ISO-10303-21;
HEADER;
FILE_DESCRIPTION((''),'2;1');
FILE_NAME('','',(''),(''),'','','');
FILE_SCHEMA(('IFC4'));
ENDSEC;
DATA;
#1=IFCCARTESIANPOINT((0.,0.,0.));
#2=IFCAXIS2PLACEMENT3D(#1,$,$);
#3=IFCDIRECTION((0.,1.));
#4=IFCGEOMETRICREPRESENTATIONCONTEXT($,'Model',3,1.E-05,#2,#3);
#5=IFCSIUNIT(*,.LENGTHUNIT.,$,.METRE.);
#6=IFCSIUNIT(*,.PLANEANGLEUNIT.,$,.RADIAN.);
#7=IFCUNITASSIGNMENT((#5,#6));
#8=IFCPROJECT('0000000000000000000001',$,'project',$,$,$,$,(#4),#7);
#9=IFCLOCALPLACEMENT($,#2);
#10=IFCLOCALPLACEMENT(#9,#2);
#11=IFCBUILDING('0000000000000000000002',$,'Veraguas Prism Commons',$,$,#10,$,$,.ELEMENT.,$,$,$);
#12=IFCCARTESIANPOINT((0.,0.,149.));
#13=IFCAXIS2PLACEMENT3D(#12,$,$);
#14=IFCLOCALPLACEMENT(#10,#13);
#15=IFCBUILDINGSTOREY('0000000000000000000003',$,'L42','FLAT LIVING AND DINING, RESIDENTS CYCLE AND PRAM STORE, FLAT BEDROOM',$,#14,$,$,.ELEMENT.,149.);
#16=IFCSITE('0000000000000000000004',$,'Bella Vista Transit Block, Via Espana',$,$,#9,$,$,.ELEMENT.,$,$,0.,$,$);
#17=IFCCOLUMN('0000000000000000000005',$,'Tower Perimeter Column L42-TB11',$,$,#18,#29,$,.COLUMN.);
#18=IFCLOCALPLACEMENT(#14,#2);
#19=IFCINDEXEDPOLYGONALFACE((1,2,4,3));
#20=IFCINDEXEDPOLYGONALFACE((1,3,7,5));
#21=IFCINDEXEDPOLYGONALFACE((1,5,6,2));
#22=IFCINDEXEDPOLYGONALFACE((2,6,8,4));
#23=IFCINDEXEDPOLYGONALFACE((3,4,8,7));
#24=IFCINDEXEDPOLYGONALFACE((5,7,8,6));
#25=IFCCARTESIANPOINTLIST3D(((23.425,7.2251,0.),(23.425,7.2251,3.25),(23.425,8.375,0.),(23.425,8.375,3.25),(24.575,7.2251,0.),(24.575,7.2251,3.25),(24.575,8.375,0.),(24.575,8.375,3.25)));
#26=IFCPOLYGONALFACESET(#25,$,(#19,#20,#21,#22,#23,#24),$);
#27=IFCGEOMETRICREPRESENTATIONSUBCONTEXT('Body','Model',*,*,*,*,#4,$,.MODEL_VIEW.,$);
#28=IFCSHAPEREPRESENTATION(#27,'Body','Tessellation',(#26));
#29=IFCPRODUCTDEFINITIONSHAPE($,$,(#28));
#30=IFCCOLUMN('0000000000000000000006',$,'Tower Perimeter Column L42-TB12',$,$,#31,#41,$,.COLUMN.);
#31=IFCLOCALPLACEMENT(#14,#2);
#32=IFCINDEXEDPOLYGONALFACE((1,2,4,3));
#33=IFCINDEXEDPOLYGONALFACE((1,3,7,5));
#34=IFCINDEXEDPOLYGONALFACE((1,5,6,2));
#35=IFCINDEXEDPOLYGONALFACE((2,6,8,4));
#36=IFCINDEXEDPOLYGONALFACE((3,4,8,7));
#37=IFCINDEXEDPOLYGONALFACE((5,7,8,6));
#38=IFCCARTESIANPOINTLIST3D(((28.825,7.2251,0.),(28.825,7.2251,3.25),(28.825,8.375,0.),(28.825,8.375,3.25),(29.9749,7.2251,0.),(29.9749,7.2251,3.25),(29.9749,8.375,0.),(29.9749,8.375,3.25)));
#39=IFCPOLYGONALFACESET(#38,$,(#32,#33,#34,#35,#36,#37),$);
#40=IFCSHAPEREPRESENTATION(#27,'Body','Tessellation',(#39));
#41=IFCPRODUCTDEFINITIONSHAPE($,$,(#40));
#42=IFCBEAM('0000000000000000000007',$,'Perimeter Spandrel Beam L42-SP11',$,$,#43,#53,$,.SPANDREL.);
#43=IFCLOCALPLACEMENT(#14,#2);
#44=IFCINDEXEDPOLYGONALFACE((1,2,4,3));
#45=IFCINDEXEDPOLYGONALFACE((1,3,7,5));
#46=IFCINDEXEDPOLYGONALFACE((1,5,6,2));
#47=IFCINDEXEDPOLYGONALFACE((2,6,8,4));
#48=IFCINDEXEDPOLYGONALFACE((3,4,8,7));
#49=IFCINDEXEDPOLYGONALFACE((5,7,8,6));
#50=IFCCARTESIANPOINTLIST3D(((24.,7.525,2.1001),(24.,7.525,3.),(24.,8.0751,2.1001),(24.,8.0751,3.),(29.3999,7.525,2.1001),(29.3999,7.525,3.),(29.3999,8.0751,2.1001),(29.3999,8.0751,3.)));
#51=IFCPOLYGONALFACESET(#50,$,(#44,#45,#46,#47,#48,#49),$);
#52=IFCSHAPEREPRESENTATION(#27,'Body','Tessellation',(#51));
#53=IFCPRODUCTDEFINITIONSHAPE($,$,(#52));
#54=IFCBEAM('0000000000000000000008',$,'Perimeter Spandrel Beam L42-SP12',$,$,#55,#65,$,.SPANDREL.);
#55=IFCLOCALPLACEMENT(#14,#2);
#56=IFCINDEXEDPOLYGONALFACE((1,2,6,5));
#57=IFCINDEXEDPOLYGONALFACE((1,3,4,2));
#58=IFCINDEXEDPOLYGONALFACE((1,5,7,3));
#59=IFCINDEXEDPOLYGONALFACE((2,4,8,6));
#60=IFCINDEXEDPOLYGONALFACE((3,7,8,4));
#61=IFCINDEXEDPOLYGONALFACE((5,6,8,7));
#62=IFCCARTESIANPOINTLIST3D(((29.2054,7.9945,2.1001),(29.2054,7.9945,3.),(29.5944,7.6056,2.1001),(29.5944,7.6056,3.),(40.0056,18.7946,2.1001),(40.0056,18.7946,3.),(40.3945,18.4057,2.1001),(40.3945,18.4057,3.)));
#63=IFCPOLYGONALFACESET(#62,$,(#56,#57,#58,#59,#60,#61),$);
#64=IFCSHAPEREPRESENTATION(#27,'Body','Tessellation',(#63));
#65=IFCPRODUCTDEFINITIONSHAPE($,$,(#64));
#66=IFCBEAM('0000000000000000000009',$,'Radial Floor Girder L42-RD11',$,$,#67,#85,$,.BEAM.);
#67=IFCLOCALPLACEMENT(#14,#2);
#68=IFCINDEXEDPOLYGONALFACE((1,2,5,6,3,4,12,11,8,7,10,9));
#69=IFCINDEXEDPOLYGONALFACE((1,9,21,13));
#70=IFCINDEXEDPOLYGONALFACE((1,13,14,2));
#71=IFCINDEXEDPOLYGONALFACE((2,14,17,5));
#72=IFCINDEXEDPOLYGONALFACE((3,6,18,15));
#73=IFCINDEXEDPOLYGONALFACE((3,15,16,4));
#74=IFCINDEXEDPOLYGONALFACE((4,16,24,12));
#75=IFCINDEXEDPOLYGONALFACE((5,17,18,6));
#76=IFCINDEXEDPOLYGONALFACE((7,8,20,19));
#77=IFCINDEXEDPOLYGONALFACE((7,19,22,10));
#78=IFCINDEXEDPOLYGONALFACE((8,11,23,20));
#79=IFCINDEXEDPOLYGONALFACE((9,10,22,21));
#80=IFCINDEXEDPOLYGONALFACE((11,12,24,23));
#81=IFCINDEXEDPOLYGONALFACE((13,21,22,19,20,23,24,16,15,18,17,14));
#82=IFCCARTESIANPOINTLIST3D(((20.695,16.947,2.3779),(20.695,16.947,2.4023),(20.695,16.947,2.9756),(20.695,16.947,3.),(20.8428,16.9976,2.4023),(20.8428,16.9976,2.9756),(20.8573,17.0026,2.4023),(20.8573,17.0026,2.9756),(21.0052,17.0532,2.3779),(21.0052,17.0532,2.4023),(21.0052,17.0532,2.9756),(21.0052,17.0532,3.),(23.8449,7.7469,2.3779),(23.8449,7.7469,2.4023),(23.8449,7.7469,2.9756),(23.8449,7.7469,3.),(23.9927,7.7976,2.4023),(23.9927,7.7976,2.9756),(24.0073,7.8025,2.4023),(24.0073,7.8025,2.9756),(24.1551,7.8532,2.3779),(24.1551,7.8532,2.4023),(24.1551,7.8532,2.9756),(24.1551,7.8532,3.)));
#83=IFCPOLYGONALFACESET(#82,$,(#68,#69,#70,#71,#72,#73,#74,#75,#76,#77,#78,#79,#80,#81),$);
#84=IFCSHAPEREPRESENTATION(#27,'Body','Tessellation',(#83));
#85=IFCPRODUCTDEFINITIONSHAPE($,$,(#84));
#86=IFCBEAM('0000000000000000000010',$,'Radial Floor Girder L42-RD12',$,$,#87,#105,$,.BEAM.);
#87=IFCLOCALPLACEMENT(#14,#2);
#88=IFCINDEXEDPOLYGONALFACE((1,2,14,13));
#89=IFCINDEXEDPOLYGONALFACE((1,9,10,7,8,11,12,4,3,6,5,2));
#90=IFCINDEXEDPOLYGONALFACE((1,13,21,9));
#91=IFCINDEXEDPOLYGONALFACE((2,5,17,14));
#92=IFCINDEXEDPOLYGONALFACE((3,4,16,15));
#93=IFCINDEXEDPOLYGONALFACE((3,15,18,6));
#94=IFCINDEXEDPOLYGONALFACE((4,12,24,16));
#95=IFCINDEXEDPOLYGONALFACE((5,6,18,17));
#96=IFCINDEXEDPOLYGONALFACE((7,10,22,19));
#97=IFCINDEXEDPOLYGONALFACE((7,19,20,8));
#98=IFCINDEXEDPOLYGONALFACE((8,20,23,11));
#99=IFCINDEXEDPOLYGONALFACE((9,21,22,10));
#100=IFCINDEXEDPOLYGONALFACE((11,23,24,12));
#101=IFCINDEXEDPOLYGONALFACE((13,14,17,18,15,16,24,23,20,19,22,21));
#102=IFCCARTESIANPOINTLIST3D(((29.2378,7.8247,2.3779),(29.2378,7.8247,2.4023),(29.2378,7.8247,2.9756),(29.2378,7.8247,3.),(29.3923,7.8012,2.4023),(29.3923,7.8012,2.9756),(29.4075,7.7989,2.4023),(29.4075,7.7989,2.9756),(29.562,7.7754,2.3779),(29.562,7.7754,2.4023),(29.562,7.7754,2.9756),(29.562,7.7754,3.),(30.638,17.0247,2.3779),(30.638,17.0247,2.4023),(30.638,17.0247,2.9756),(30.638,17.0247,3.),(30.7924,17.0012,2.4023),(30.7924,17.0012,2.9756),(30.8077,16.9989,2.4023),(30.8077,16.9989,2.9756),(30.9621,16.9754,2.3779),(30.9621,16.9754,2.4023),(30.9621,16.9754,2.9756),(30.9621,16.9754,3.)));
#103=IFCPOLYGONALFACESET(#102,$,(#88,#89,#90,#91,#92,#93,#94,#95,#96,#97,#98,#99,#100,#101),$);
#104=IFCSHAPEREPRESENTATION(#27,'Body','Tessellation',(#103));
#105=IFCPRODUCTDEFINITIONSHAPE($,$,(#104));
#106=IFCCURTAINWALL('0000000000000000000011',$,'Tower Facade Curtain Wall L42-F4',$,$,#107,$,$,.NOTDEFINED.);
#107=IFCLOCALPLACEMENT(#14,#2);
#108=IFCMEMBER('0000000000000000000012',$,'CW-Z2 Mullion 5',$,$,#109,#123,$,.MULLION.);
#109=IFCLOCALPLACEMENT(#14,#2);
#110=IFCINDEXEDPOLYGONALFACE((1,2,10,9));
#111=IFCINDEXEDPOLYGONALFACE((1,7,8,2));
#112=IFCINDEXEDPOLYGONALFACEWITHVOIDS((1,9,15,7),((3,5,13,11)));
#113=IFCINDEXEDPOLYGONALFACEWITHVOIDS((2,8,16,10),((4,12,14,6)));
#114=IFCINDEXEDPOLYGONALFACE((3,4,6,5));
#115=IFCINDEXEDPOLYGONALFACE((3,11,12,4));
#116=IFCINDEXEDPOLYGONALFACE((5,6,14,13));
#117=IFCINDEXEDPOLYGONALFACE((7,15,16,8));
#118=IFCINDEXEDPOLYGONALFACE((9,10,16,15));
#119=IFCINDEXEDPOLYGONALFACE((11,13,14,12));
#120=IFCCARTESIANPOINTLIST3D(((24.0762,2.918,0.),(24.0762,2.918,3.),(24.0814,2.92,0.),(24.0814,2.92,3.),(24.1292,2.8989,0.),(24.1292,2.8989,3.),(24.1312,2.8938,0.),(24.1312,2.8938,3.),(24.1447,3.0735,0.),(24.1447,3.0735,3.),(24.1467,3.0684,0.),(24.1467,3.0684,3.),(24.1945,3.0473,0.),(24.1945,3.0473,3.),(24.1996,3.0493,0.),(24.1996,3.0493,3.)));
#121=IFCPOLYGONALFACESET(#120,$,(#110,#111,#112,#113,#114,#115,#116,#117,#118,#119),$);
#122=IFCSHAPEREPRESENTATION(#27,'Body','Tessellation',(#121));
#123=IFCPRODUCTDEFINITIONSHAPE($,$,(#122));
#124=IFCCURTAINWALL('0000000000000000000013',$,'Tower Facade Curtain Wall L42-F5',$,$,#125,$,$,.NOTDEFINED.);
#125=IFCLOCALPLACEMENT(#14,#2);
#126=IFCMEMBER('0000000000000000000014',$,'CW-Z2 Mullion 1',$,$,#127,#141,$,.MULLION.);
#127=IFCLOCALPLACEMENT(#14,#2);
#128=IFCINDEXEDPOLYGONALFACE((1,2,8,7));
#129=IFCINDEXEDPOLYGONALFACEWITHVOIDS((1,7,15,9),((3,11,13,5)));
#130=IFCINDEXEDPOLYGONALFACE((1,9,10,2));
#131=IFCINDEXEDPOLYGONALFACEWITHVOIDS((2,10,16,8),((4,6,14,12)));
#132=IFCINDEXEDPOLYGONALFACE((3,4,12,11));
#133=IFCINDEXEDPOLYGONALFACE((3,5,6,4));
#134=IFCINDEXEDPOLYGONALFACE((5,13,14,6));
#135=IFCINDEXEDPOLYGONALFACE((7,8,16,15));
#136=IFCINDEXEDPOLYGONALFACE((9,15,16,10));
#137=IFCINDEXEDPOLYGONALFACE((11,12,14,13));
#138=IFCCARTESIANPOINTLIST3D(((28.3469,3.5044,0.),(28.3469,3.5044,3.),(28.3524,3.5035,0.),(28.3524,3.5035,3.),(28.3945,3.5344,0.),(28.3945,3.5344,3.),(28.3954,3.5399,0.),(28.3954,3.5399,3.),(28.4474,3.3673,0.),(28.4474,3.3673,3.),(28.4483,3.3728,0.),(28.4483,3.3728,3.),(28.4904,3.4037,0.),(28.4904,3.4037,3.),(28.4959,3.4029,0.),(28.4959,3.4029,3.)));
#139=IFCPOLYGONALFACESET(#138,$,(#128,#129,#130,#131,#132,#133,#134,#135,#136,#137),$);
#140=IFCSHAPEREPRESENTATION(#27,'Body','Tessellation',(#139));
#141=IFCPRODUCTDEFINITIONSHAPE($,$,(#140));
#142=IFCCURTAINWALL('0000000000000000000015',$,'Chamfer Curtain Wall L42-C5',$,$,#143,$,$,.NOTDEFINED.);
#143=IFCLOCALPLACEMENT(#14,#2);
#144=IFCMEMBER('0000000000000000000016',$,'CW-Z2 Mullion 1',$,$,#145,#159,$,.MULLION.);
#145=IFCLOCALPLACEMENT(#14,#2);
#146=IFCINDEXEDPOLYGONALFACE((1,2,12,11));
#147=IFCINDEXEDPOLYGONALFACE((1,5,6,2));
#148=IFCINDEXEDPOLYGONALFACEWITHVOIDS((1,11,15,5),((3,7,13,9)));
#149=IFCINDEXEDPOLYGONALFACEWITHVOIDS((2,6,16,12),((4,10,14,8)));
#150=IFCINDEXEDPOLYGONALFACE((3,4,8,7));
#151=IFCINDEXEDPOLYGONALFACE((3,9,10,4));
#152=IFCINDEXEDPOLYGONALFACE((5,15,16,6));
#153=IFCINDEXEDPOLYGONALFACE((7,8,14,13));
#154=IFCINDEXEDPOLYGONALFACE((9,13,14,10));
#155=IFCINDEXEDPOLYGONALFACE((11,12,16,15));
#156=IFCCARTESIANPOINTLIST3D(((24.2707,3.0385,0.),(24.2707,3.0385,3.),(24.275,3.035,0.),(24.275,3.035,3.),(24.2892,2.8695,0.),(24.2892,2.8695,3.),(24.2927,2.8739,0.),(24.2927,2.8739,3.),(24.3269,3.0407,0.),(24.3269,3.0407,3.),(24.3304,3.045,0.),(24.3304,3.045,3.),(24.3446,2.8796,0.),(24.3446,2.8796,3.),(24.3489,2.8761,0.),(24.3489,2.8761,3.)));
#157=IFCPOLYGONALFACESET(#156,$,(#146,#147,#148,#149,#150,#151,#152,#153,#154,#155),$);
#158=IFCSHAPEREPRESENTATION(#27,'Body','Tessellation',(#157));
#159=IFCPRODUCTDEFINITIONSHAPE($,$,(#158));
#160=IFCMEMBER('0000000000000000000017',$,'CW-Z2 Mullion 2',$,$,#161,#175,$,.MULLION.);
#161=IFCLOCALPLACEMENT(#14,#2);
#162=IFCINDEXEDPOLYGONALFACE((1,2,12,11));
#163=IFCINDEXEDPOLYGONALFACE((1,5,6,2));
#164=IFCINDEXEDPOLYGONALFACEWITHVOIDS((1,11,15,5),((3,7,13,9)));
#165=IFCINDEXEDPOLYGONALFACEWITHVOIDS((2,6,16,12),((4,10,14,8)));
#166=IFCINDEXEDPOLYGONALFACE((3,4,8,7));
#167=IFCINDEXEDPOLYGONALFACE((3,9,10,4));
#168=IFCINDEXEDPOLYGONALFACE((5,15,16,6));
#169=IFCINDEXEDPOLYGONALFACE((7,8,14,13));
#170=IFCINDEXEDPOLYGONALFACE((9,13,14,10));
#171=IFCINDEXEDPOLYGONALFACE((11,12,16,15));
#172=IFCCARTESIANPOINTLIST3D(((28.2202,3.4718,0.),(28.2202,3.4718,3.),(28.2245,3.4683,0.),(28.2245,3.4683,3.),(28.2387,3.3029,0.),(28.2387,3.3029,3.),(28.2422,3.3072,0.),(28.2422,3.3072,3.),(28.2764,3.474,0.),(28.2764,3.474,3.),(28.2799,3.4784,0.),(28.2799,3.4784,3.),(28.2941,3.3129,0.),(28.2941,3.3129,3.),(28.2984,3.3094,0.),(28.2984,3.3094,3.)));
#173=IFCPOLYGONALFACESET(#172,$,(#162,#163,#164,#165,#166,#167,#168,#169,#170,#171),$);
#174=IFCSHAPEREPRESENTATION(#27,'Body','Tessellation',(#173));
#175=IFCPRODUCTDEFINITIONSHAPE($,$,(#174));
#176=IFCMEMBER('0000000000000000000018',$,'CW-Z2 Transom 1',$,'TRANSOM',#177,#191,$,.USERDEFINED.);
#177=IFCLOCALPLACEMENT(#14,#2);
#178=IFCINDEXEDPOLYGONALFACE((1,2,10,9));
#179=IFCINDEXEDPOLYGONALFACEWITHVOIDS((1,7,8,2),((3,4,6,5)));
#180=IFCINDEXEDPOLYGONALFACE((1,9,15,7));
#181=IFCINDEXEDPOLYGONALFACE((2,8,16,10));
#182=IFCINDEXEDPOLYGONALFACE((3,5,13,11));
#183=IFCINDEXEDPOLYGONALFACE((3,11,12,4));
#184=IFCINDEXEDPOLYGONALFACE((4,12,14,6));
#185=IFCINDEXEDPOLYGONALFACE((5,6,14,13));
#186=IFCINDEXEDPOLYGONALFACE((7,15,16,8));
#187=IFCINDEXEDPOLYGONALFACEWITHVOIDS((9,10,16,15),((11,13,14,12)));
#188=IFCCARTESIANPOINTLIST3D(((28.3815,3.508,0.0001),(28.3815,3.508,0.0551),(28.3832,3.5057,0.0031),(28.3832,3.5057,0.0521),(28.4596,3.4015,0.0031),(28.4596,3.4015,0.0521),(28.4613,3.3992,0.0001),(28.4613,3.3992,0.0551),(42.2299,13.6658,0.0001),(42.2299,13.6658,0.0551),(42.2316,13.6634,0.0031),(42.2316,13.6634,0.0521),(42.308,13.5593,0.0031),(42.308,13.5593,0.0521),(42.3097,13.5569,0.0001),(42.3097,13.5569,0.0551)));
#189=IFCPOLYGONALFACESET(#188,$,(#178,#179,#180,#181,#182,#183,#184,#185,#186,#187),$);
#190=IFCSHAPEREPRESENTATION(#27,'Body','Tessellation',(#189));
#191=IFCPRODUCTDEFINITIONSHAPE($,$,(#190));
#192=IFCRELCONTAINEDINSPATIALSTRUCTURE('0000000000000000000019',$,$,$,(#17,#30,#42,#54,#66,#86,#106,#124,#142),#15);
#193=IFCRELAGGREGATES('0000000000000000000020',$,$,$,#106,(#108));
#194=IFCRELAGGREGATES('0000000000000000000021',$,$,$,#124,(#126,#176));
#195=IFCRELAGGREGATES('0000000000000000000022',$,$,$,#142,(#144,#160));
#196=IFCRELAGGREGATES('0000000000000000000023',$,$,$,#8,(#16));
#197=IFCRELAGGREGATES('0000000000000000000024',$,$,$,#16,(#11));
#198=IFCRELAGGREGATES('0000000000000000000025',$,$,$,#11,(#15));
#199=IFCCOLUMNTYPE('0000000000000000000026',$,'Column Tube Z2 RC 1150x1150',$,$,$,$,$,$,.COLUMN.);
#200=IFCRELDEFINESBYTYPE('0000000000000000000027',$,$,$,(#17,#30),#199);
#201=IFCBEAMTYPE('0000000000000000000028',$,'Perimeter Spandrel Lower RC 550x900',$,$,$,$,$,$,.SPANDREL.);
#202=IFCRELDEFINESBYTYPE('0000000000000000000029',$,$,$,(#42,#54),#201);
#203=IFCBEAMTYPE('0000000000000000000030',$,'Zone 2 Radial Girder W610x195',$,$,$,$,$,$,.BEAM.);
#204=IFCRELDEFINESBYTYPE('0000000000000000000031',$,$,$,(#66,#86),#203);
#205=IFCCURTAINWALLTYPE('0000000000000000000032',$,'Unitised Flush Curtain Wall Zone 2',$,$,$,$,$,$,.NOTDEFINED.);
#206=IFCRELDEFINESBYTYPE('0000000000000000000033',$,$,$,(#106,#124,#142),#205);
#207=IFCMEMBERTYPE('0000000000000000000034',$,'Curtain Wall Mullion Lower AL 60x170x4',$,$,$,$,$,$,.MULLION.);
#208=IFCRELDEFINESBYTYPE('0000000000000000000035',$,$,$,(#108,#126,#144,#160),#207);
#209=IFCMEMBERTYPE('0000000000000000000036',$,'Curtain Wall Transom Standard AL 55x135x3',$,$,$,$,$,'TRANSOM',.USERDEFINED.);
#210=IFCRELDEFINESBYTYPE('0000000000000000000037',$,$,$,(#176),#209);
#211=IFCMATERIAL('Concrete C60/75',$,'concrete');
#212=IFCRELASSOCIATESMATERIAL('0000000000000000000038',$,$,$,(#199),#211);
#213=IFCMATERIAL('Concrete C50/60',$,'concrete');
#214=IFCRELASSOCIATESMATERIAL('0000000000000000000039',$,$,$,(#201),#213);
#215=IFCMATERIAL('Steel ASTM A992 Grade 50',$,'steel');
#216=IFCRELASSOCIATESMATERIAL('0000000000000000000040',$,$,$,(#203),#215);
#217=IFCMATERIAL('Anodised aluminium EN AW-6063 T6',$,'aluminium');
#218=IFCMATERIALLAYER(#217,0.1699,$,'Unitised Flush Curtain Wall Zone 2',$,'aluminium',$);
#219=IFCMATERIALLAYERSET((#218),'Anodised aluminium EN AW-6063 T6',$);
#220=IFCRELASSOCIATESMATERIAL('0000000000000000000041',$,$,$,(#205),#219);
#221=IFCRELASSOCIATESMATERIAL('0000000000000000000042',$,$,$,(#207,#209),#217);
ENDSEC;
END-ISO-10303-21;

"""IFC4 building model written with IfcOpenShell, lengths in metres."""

from ifc_helpers import new_model, si_unit, direction, frame, origin, origin_2d, place, context, subcontext, project, spatial, rectangle, hollow_rectangle, i_section, extrude, source, transform, mapped, material, layer, layer_set, material_profile, profile_set, type_object, element, aggregate, save


model = new_model("IFC4")

# Units and contexts
model_context = context("Model", 3, precision=1e-05, world=origin(), true_north=direction((0.0, 1.0)))
body_context = subcontext(model_context, "Body", "Model", "MODEL_VIEW")
ifc_project = project(units=[si_unit("LENGTHUNIT", "METRE"), si_unit("PLANEANGLEUNIT", "RADIAN")], contexts=[model_context])

# Site, building, storey
site_placement = place(None, origin())
site = spatial("IfcSite", under=ifc_project, at=site_placement, Name="Bella Vista Transit Block, Via Espana", CompositionType="ELEMENT", RefElevation=0.0)
building_placement = place(site_placement, origin())
building = spatial("IfcBuilding", under=site, at=building_placement, Name="Veraguas Prism Commons", CompositionType="ELEMENT")
storey_placement = place(building_placement, frame((0.0, 0.0, 149.0)))
storey = spatial("IfcBuildingStorey", under=building, at=storey_placement, Name="L42", Description="FLAT LIVING AND DINING, RESIDENTS CYCLE AND PRAM STORE, FLAT BEDROOM", CompositionType="ELEMENT", Elevation=149.0)

# Columns
ifc_material_1 = material(Name="Concrete C60/75", Category="concrete")
ifc_material_profile_1 = material_profile(ifc_material_1, rectangle(XDim=1.1499, YDim=1.1499, at=origin_2d()), Name="RC1150X1150")
ifc_profile_set_1 = profile_set([ifc_material_profile_1], Name="Concrete C60/75")
column_type = type_object("IfcColumnType", Name="Column Tube Z2 RC 1150x1150", PredefinedType="COLUMN", material=ifc_profile_set_1)
for number, where, z_axis, x_axis, name in (
    (1, (24.0, 7.8, 0.0), (0.0, 0.0, 1.0), (1.0, 0.0, 0.0), "Tower Perimeter Column L42-TB11"),
    (2, (29.3999, 7.8, 0.0), (0.0, 0.0, 1.0), (1.0, 0.0, 0.0), "Tower Perimeter Column L42-TB12"),
):
    element("IfcColumn", number, at=place(storey_placement, frame(where, z_axis=z_axis, x_axis=x_axis)), inside=storey, type_object=column_type, Name=name, PredefinedType="COLUMN", context=body_context, shape_type="SweptSolid", body=[
        extrude(rectangle(XDim=1.1499, YDim=1.1499, at=origin_2d()), origin(), (0.0, 0.0, 1.0), 3.25),
    ])

# Beams
ifc_material_2 = material(Name="Concrete C50/60", Category="concrete")
ifc_material_profile_2 = material_profile(ifc_material_2, rectangle(XDim=0.55, YDim=0.8999, at=origin_2d()), Name="RC550X900")
ifc_profile_set_2 = profile_set([ifc_material_profile_2], Name="Concrete C50/60")
beam_type_1 = type_object("IfcBeamType", Name="Perimeter Spandrel Lower RC 550x900", PredefinedType="SPANDREL", material=ifc_profile_set_2)
beam_1_placement = place(storey_placement, frame((24.0, 7.8, 2.55), z_axis=(1.0, 0.0, 0.0), x_axis=(0.0, 1.0, 0.0)))
element("IfcBeam", 3, at=beam_1_placement, inside=storey, type_object=beam_type_1, Name="Perimeter Spandrel Beam L42-SP11", PredefinedType="SPANDREL", context=body_context, shape_type="SweptSolid", body=[
    extrude(rectangle(XDim=0.55, YDim=0.8999, at=origin_2d()), origin(), (0.0, 0.0, 1.0), 5.3999),
])
beam_2_placement = place(storey_placement, frame((29.3999, 7.8, 2.55), z_axis=(0.707107, 0.707107, 0.0), x_axis=(-0.707107, 0.707107, 0.0)))
element("IfcBeam", 4, at=beam_2_placement, inside=storey, type_object=beam_type_1, Name="Perimeter Spandrel Beam L42-SP12", PredefinedType="SPANDREL", context=body_context, shape_type="SweptSolid", body=[
    extrude(rectangle(XDim=0.55, YDim=0.8999, at=origin_2d()), origin(), (0.0, 0.0, 1.0), 15.2737),
])
ifc_material_3 = material(Name="Steel ASTM A992 Grade 50", Category="steel")
ifc_material_profile_3 = material_profile(ifc_material_3, i_section(OverallWidth=0.3279, OverallDepth=0.6221, WebThickness=0.0154, FlangeThickness=0.0244, at=origin_2d()), Name="W610X195")
ifc_profile_set_3 = profile_set([ifc_material_profile_3], Name="Steel ASTM A992 Grade 50")
beam_type_2 = type_object("IfcBeamType", Name="Zone 2 Radial Girder W610x195", PredefinedType="BEAM", material=ifc_profile_set_3)
beam_3_placement = place(storey_placement, frame((24.0, 7.8, 2.689), z_axis=(-0.323922, 0.946084, 0.0), x_axis=(-0.946084, -0.323922, 0.0)))
element("IfcBeam", 5, at=beam_3_placement, inside=storey, type_object=beam_type_2, Name="Radial Floor Girder L42-RD11", PredefinedType="BEAM", context=body_context, shape_type="SweptSolid", body=[
    extrude(i_section(OverallWidth=0.3279, OverallDepth=0.6221, WebThickness=0.0154, FlangeThickness=0.0244, at=origin_2d()), origin(), (0.0, 0.0, 1.0), 9.7244),
])
beam_4_placement = place(storey_placement, frame((29.3999, 7.8, 2.689), z_axis=(0.150458, 0.988616, 0.0), x_axis=(-0.988616, 0.150458, 0.0)))
element("IfcBeam", 6, at=beam_4_placement, inside=storey, type_object=beam_type_2, Name="Radial Floor Girder L42-RD12", PredefinedType="BEAM", context=body_context, shape_type="SweptSolid", body=[
    extrude(i_section(OverallWidth=0.3279, OverallDepth=0.6221, WebThickness=0.0154, FlangeThickness=0.0244, at=origin_2d()), origin(), (0.0, 0.0, 1.0), 9.3059),
])

# Curtain walls, members
ifc_material_4 = material(Name="Anodised aluminium EN AW-6063 T6", Category="aluminium")
ifc_layer_1 = layer(ifc_material_4, 0.1699, Name="Unitised Flush Curtain Wall Zone 2", Category="aluminium")
ifc_layer_set_1 = layer_set([ifc_layer_1], Name="Anodised aluminium EN AW-6063 T6")
curtain_wall_type = type_object("IfcCurtainWallType", Name="Unitised Flush Curtain Wall Zone 2", PredefinedType="NOTDEFINED", material=ifc_layer_set_1)
curtain_wall_1_placement = place(storey_placement, origin())
curtain_wall_1 = element("IfcCurtainWall", 7, at=curtain_wall_1_placement, inside=storey, type_object=curtain_wall_type, Name="Tower Facade Curtain Wall L42-F4", PredefinedType="NOTDEFINED")
ifc_material_profile_4 = material_profile(ifc_material_4, hollow_rectangle(XDim=0.0601, YDim=0.1699, WallThickness=0.0039, at=origin_2d()), Name="AL60X170X4")
ifc_profile_set_4 = profile_set([ifc_material_profile_4], Name="Anodised aluminium EN AW-6063 T6")
member_type_1 = type_object("IfcMemberType", Name="Curtain Wall Mullion Lower AL 60x170x4", PredefinedType="MULLION", material=ifc_profile_set_4)
shared_shape_1 = source(origin(), body_context, "Body", "SweptSolid", [
    extrude(hollow_rectangle(XDim=0.0601, YDim=0.1699, WallThickness=0.0039, at=origin_2d()), origin(), (0.0, 0.0, 1.0), 3.0),
])
member_1_placement = place(storey_placement, frame((24.1379, 2.9836, 0.0), z_axis=(0.0, 0.0, 1.0), x_axis=(0.915385, -0.402579, 0.0)))
member_1 = element("IfcMember", 8, at=member_1_placement, type_object=member_type_1, Name="CW-Z2 Mullion 5", PredefinedType="MULLION", context=body_context, shape_type="MappedRepresentation", body=[
    mapped(shared_shape_1, transform((0.0, 0.0, 0.0), scale=1.0)),
])
aggregate(curtain_wall_1, [member_1])
curtain_wall_2_placement = place(storey_placement, origin())
curtain_wall_2 = element("IfcCurtainWall", 9, at=curtain_wall_2_placement, inside=storey, type_object=curtain_wall_type, Name="Tower Facade Curtain Wall L42-F5", PredefinedType="NOTDEFINED")
member_2_placement = place(storey_placement, frame((28.4214, 3.4536, 0.0), z_axis=(0.0, 0.0, 1.0), x_axis=(0.806343, 0.591448, 0.0)))
member_2 = element("IfcMember", 10, at=member_2_placement, type_object=member_type_1, Name="CW-Z2 Mullion 1", PredefinedType="MULLION", context=body_context, shape_type="MappedRepresentation", body=[
    mapped(shared_shape_1, transform((0.0, 0.0, 0.0), scale=1.0)),
])

# Curtain wall, members
curtain_wall_3_placement = place(storey_placement, origin())
curtain_wall_3 = element("IfcCurtainWall", 11, at=curtain_wall_3_placement, inside=storey, type_object=curtain_wall_type, Name="Chamfer Curtain Wall L42-C5", PredefinedType="NOTDEFINED")
member_3_placement = place(storey_placement, frame((24.3098, 2.9573, 0.0), z_axis=(0.0, 0.0, 1.0), x_axis=(0.994034, 0.109068, 0.0)))
member_3 = element("IfcMember", 12, at=member_3_placement, type_object=member_type_1, Name="CW-Z2 Mullion 1", PredefinedType="MULLION", context=body_context, shape_type="MappedRepresentation", body=[
    mapped(shared_shape_1, transform((0.0, 0.0, 0.0), scale=1.0)),
])
member_4_placement = place(storey_placement, frame((28.2593, 3.3906, 0.0), z_axis=(0.0, 0.0, 1.0), x_axis=(0.994034, 0.109068, 0.0)))
member_4 = element("IfcMember", 13, at=member_4_placement, type_object=member_type_1, Name="CW-Z2 Mullion 2", PredefinedType="MULLION", context=body_context, shape_type="MappedRepresentation", body=[
    mapped(shared_shape_1, transform((0.0, 0.0, 0.0), scale=1.0)),
])

# Member
ifc_material_profile_5 = material_profile(ifc_material_4, hollow_rectangle(XDim=0.0549, YDim=0.135, WallThickness=0.0029, at=origin_2d()), Name="AL55X135X3")
ifc_profile_set_5 = profile_set([ifc_material_profile_5], Name="Anodised aluminium EN AW-6063 T6")
member_type_2 = type_object("IfcMemberType", Name="Curtain Wall Transom Standard AL 55x135x3", ElementType="TRANSOM", PredefinedType="USERDEFINED", material=ifc_profile_set_5)
shared_shape_2 = source(origin(), body_context, "Body", "SweptSolid", [
    extrude(hollow_rectangle(XDim=0.0549, YDim=0.135, WallThickness=0.0029, at=origin_2d()), origin(), (0.0, 0.0, 1.0), 17.1743),
])
member_5_placement = place(storey_placement, frame((28.4214, 3.4536, 0.0276), z_axis=(0.806343, 0.591448, 0.0), x_axis=(0.0, 0.0, 1.0)))
member_5 = element("IfcMember", 14, at=member_5_placement, type_object=member_type_2, Name="CW-Z2 Transom 1", ObjectType="TRANSOM", PredefinedType="USERDEFINED", context=body_context, shape_type="MappedRepresentation", body=[
    mapped(shared_shape_2, transform((0.0, 0.0, 0.0), scale=1.0)),
])

aggregate(curtain_wall_2, [member_2, member_5])
aggregate(curtain_wall_3, [member_3, member_4])

save(model, "model.ifc")
